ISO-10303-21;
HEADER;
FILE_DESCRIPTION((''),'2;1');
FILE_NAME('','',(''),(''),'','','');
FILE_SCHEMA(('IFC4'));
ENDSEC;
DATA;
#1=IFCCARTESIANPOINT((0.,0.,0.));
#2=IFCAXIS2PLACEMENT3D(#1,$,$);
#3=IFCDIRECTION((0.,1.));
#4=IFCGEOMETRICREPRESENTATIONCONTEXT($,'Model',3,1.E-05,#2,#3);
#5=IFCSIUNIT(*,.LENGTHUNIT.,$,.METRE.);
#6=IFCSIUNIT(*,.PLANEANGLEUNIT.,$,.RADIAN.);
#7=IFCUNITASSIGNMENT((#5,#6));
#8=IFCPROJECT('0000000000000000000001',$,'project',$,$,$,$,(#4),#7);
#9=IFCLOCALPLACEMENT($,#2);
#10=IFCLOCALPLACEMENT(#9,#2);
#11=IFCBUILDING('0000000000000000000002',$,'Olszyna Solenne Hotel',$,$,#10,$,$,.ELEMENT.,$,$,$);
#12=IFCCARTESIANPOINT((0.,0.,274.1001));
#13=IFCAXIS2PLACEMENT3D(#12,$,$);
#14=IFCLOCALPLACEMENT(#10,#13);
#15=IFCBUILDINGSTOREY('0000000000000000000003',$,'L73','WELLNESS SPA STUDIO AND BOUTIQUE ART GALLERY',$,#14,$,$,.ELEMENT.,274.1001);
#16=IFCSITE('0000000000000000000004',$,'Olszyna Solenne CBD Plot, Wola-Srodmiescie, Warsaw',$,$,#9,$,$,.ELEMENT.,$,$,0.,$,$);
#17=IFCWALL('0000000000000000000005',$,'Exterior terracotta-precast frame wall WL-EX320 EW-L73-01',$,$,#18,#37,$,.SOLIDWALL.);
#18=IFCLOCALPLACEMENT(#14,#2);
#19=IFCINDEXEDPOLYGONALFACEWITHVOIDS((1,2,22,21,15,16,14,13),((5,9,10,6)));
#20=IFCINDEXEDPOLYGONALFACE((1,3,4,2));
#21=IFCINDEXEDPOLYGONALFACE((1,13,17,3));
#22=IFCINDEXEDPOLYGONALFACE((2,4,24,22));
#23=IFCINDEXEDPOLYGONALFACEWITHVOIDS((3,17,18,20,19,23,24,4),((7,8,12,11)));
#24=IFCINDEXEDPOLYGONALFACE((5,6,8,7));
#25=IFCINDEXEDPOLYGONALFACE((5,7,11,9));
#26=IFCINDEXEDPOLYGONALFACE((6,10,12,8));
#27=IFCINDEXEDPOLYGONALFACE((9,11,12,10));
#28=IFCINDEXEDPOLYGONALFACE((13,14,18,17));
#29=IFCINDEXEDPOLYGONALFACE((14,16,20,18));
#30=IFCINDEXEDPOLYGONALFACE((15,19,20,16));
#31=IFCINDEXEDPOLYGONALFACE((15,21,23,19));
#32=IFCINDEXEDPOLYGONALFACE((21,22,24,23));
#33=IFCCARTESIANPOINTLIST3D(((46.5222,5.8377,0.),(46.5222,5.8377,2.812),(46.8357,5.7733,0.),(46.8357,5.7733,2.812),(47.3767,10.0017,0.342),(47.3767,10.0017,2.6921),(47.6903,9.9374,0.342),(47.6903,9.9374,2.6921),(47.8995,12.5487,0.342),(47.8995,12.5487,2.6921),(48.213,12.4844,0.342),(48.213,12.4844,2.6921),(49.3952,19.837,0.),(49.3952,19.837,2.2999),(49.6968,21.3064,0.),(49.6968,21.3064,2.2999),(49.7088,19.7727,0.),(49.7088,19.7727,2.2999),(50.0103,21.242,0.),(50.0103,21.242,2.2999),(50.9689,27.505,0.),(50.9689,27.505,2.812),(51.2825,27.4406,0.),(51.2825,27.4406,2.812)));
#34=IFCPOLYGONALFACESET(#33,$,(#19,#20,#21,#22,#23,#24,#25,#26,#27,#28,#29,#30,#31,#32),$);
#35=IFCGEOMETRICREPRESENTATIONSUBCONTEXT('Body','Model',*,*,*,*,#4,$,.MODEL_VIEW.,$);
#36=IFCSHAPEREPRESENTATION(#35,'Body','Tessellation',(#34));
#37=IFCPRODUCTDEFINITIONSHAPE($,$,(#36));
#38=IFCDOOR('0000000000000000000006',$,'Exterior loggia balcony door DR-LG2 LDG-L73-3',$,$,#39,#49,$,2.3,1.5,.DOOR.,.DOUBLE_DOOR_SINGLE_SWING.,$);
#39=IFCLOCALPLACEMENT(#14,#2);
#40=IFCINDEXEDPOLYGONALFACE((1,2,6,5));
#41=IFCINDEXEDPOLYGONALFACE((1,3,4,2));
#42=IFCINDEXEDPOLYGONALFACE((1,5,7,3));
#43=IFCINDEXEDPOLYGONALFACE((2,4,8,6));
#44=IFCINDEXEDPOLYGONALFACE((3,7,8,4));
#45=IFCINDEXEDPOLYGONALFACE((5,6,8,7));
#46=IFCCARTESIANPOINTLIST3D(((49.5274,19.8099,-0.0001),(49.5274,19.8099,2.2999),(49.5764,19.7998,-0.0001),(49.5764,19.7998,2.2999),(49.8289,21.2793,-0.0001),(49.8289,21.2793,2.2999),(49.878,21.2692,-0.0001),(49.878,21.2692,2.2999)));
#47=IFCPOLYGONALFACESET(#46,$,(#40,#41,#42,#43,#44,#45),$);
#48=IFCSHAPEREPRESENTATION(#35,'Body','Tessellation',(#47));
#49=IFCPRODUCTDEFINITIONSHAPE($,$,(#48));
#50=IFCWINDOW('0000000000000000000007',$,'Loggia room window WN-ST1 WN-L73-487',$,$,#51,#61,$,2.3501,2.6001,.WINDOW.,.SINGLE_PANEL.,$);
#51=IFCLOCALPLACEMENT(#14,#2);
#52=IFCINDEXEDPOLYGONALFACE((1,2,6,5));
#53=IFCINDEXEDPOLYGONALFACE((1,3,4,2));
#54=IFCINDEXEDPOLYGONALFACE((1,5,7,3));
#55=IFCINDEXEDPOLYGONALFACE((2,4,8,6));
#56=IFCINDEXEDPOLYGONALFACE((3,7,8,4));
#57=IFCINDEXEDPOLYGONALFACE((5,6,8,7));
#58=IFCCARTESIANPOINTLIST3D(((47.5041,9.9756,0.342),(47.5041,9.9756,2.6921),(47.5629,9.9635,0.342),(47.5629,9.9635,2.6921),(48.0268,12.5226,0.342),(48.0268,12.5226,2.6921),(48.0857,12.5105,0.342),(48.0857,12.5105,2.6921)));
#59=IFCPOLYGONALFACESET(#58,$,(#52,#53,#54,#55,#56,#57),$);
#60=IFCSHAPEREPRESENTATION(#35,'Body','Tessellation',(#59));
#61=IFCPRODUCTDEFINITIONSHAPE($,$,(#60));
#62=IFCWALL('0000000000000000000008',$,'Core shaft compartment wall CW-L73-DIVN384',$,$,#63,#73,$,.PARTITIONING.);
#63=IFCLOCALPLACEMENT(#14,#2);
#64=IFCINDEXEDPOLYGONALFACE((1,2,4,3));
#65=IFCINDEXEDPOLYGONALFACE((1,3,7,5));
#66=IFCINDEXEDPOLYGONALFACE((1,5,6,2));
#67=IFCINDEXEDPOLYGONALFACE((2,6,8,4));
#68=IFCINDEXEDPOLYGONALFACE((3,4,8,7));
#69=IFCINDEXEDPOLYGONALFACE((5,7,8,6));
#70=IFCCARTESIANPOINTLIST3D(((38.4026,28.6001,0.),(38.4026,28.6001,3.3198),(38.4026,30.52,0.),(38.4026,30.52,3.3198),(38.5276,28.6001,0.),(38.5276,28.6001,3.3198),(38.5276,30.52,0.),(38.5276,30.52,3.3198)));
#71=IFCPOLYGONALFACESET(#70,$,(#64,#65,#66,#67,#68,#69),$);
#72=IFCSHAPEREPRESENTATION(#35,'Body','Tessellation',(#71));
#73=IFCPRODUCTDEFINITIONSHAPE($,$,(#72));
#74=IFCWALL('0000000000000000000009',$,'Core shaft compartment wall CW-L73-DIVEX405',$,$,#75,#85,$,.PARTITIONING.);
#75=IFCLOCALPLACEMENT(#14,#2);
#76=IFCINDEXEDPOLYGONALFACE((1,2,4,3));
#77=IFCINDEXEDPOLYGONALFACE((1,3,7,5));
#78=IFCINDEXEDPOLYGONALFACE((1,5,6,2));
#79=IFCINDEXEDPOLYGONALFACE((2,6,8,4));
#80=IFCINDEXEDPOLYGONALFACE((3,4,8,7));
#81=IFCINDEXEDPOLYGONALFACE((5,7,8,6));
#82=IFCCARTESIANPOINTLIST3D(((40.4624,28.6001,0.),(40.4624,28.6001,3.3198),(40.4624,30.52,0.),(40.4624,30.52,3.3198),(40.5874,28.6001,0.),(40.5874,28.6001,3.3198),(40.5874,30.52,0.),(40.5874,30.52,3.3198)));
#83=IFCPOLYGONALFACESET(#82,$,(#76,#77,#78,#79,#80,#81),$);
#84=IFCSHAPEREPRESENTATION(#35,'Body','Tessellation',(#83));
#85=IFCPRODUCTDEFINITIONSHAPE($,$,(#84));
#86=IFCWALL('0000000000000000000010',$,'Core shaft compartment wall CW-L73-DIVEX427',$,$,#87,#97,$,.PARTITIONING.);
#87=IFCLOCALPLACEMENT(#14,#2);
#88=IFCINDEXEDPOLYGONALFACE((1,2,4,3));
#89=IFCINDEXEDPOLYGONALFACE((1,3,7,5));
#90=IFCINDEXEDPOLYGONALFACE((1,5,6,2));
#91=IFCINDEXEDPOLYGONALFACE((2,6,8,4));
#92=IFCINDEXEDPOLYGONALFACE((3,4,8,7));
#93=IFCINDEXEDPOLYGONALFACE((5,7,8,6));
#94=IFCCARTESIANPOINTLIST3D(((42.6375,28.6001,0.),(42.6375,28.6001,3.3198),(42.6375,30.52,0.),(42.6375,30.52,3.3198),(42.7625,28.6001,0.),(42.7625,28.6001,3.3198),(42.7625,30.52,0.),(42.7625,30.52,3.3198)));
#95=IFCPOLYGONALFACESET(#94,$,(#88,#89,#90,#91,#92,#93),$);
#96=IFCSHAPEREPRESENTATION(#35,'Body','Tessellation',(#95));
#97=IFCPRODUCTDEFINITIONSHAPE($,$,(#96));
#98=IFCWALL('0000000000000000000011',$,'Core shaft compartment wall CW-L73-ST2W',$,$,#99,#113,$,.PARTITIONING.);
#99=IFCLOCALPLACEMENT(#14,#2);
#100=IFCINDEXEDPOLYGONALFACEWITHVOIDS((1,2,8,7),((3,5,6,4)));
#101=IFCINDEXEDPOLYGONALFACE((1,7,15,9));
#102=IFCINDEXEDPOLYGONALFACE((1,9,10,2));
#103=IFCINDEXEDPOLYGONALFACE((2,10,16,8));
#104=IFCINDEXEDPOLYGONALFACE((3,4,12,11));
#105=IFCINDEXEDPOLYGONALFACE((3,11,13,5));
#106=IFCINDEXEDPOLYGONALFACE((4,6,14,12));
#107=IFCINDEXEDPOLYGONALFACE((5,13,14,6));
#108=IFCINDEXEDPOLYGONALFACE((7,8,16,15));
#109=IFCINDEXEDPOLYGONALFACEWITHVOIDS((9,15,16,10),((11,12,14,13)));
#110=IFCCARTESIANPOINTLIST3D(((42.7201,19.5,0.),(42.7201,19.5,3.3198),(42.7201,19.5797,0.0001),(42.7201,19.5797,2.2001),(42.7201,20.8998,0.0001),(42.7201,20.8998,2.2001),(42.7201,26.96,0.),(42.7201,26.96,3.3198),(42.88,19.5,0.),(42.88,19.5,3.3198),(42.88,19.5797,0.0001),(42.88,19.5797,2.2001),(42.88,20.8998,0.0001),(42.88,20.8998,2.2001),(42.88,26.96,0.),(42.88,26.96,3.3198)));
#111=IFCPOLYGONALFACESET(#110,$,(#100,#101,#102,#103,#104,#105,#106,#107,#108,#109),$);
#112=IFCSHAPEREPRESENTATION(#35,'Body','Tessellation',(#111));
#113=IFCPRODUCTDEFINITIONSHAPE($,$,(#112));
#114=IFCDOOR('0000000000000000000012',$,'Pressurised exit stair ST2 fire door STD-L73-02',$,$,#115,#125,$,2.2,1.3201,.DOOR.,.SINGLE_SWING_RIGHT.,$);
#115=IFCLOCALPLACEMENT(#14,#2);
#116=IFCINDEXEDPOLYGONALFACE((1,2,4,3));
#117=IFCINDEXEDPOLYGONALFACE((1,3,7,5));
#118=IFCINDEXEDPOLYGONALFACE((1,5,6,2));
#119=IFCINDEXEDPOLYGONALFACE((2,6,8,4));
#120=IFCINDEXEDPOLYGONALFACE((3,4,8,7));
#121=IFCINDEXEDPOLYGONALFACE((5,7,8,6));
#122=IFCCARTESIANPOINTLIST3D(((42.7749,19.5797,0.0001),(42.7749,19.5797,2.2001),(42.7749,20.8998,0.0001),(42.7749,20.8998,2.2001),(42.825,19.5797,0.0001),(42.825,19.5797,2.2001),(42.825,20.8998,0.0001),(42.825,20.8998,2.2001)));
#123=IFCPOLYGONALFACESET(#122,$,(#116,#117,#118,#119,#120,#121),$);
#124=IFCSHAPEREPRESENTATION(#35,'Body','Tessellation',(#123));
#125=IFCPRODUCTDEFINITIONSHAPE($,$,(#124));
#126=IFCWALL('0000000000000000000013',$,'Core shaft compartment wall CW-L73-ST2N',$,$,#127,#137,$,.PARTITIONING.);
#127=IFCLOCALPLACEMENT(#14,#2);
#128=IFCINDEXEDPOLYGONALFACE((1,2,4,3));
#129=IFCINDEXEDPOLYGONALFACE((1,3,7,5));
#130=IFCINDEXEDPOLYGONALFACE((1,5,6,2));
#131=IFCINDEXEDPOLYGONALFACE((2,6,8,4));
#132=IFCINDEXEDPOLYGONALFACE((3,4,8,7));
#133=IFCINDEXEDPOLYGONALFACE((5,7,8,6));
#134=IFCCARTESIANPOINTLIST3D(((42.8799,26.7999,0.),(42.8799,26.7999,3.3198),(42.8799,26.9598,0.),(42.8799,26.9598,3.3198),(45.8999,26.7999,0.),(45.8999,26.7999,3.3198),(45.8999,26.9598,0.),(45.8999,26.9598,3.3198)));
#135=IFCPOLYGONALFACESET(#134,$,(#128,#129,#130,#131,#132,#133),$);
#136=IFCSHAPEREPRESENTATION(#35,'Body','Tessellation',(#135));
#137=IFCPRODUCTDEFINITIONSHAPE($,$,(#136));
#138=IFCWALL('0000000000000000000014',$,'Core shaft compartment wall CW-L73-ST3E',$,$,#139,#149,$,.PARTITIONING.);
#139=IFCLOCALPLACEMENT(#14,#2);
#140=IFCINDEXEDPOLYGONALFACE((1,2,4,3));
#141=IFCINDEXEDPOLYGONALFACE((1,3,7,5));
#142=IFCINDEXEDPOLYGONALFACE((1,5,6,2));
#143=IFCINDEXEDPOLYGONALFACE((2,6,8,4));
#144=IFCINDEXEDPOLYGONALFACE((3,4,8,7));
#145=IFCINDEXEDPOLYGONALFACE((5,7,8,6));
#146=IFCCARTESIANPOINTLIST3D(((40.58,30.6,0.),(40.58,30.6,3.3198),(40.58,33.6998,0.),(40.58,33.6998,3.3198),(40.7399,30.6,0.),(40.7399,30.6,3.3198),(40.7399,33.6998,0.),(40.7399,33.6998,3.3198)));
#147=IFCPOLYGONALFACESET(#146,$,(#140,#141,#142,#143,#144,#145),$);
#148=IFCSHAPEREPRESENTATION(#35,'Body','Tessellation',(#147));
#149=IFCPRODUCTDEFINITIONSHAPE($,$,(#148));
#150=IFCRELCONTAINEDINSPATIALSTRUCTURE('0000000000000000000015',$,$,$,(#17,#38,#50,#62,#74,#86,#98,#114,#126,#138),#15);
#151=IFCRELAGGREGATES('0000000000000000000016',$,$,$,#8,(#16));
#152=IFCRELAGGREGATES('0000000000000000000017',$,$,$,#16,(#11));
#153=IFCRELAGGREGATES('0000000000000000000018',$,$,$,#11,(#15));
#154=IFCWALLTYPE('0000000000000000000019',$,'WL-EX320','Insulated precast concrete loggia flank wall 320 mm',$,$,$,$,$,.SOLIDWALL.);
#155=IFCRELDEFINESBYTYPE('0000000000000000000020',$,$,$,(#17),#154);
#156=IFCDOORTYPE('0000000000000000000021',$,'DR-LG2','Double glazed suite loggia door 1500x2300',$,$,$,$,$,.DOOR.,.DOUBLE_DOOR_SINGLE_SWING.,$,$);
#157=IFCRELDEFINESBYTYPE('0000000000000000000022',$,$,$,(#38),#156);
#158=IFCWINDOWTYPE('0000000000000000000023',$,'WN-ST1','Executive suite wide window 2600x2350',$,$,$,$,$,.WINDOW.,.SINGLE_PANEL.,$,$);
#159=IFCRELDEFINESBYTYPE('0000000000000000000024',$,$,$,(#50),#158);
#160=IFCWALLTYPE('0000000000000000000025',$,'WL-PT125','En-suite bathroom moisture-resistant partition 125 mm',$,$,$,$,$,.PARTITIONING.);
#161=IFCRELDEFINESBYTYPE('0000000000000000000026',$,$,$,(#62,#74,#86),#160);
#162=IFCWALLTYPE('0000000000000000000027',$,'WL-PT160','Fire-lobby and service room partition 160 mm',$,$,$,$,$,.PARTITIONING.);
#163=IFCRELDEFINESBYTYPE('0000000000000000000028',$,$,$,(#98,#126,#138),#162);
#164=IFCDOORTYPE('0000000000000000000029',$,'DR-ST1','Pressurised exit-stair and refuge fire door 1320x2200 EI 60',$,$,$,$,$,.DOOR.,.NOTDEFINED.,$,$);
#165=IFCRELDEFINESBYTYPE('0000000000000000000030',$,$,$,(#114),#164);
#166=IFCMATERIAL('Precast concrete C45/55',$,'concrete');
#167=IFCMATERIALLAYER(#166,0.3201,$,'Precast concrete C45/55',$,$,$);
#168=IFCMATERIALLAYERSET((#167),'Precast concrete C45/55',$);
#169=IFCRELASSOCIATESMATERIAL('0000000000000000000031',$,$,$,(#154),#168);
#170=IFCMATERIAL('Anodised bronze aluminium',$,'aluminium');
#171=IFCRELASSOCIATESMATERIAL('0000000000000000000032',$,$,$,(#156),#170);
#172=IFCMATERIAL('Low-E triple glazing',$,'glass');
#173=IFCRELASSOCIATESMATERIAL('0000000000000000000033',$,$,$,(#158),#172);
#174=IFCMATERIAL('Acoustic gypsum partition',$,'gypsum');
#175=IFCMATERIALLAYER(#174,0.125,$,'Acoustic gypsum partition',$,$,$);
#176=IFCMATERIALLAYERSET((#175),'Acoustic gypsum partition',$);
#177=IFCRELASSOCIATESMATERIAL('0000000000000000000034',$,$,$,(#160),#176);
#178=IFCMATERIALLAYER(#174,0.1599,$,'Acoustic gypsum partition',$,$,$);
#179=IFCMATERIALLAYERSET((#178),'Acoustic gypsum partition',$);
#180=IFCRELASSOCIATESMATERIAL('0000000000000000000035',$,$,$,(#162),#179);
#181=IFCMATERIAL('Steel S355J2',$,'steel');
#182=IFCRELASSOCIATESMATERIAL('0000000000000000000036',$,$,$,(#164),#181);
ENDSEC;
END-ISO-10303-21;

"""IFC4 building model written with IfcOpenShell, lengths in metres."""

from ifc_helpers import new_model, si_unit, direction, frame, frame_2d, origin, place, context, subcontext, project, spatial, rectangle, extrude, source, transform, mapped, material, layer, layer_set, type_object, type_shapes, element, fill, save


model = new_model("IFC4")

# Units and contexts
model_context = context("Model", 3, precision=1e-05, world=origin(), true_north=direction((0.0, 1.0)))
body_context = subcontext(model_context, "Body", "Model", "MODEL_VIEW")
ifc_project = project(units=[si_unit("LENGTHUNIT", "METRE"), si_unit("PLANEANGLEUNIT", "RADIAN")], contexts=[model_context])

# Site, building, storey
site_placement = place(None, origin())
site = spatial("IfcSite", under=ifc_project, at=site_placement, Name="Olszyna Solenne CBD Plot, Wola-Srodmiescie, Warsaw", CompositionType="ELEMENT", RefElevation=0.0)
building_placement = place(site_placement, origin())
building = spatial("IfcBuilding", under=site, at=building_placement, Name="Olszyna Solenne Hotel", CompositionType="ELEMENT")
storey_placement = place(building_placement, frame((0.0, 0.0, 274.1001)))
storey = spatial("IfcBuildingStorey", under=building, at=storey_placement, Name="L73", Description="WELLNESS SPA STUDIO AND BOUTIQUE ART GALLERY", CompositionType="ELEMENT", Elevation=274.1001)

# Shared definitions
ifc_material_1 = material(Name="Steel S355J2", Category="steel")

# Wall, openings, door, window
ifc_material_2 = material(Name="Precast concrete C45/55", Category="concrete")
ifc_layer_1 = layer(ifc_material_2, 0.3201, Name="Precast concrete C45/55")
ifc_layer_set_1 = layer_set([ifc_layer_1], Name="Precast concrete C45/55")
wall_type_1 = type_object("IfcWallType", Name="WL-EX320", Description="Insulated precast concrete loggia flank wall 320 mm", PredefinedType="SOLIDWALL", material=ifc_layer_set_1)
wall_1_placement = place(storey_placement, frame((51.1257, 27.4729, 0.0), z_axis=(0.0, 0.0, 1.0), x_axis=(-0.20104, -0.979583, 0.0)))
wall_1 = element("IfcWall", 1, at=wall_1_placement, inside=storey, type_object=wall_type_1, Name="Exterior terracotta-precast frame wall WL-EX320 EW-L73-01", PredefinedType="SOLIDWALL", context=body_context, shape_type="SweptSolid", body=[
    extrude(rectangle(XDim=22.1189, YDim=0.3201, at=frame_2d((11.0596, 0.0))), origin(), (0.0, 0.0, 1.0), 2.812),
])
opening_1_placement = place(wall_1_placement, frame((6.3279, 0.0, 0.0)))
opening_1 = element("IfcOpeningElement", 2, at=opening_1_placement, cuts=wall_1, PredefinedType="OPENING", context=body_context, shape_type="SweptSolid", body=[
    extrude(rectangle(XDim=1.5, YDim=2.3, at=frame_2d((0.75, 1.1499))), frame((0.0, 0.1699, 0.0), z_axis=(0.0, -1.0, 0.0), x_axis=(1.0, 0.0, 0.0)), (0.0, 0.0, 1.0), 0.3401),
])
opening_2_placement = place(wall_1_placement, frame((15.2681, 0.0, 0.342)))
opening_2 = element("IfcOpeningElement", 3, at=opening_2_placement, cuts=wall_1, PredefinedType="OPENING", context=body_context, shape_type="SweptSolid", body=[
    extrude(rectangle(XDim=2.6001, YDim=2.3501, at=frame_2d((1.3, 1.175))), frame((0.0, 0.1699, 0.0), z_axis=(0.0, -1.0, 0.0), x_axis=(1.0, 0.0, 0.0)), (0.0, 0.0, 1.0), 0.3401),
])
ifc_material_3 = material(Name="Anodised bronze aluminium", Category="aluminium")
door_type_1 = type_object("IfcDoorType", Name="DR-LG2", Description="Double glazed suite loggia door 1500x2300", OperationType="DOUBLE_DOOR_SINGLE_SWING", PredefinedType="DOOR", material=ifc_material_3)
shared_shape_1 = source(origin(), body_context, "Body", "SweptSolid", [
    extrude(rectangle(XDim=1.5, YDim=2.3, at=frame_2d((0.75, 1.1499))), frame((0.0, 0.0249, 0.0), z_axis=(0.0, -1.0, 0.0), x_axis=(1.0, 0.0, 0.0)), (0.0, 0.0, 1.0), 0.05),
])
type_shapes(door_type_1, [shared_shape_1])
door_1_placement = place(opening_1_placement, origin())
door_1 = element("IfcDoor", 4, at=door_1_placement, inside=storey, type_object=door_type_1, Name="Exterior loggia balcony door DR-LG2 LDG-L73-3", OperationType="DOUBLE_DOOR_SINGLE_SWING", OverallHeight=2.3, OverallWidth=1.5, PredefinedType="DOOR", context=body_context, shape_type="MappedRepresentation", body=[
    mapped(shared_shape_1, transform((0.0, 0.0, 0.0), x_axis=(1.0, 0.0, 0.0), y_axis=(0.0, 1.0, 0.0), z_axis=(0.0, 0.0, 1.0), scale=1.0)),
])
fill(opening_1, door_1)
ifc_material_4 = material(Name="Low-E triple glazing", Category="glass")
window_type = type_object("IfcWindowType", Name="WN-ST1", Description="Executive suite wide window 2600x2350", PartitioningType="SINGLE_PANEL", PredefinedType="WINDOW", material=ifc_material_4)
shared_shape_2 = source(origin(), body_context, "Body", "SweptSolid", [
    extrude(rectangle(XDim=2.6001, YDim=2.3501, at=frame_2d((1.3, 1.175))), frame((0.0, 0.03, 0.0), z_axis=(0.0, -1.0, 0.0), x_axis=(1.0, 0.0, 0.0)), (0.0, 0.0, 1.0), 0.0601),
])
type_shapes(window_type, [shared_shape_2])
window_placement = place(opening_2_placement, origin())
window = element("IfcWindow", 5, at=window_placement, inside=storey, type_object=window_type, Name="Loggia room window WN-ST1 WN-L73-487", OverallHeight=2.3501, OverallWidth=2.6001, PartitioningType="SINGLE_PANEL", PredefinedType="WINDOW", context=body_context, shape_type="MappedRepresentation", body=[
    mapped(shared_shape_2, transform((0.0, 0.0, 0.0), x_axis=(1.0, 0.0, 0.0), y_axis=(0.0, 1.0, 0.0), z_axis=(0.0, 0.0, 1.0), scale=1.0)),
])
fill(opening_2, window)

# Walls
ifc_material_5 = material(Name="Acoustic gypsum partition", Category="gypsum")
ifc_layer_2 = layer(ifc_material_5, 0.125, Name="Acoustic gypsum partition")
ifc_layer_set_2 = layer_set([ifc_layer_2], Name="Acoustic gypsum partition")
wall_type_2 = type_object("IfcWallType", Name="WL-PT125", Description="En-suite bathroom moisture-resistant partition 125 mm", PredefinedType="PARTITIONING", material=ifc_layer_set_2)
for number, where, z_axis, x_axis, name in (
    (6, (38.4651, 28.6001, 0.0), (0.0, 0.0, 1.0), (0.0, 1.0, 0.0), "Core shaft compartment wall CW-L73-DIVN384"),
    (7, (40.5249, 28.6001, 0.0), (0.0, 0.0, 1.0), (0.0, 1.0, 0.0), "Core shaft compartment wall CW-L73-DIVEX405"),
    (8, (42.7, 28.6001, 0.0), (0.0, 0.0, 1.0), (0.0, 1.0, 0.0), "Core shaft compartment wall CW-L73-DIVEX427"),
):
    element("IfcWall", number, at=place(storey_placement, frame(where, z_axis=z_axis, x_axis=x_axis)), inside=storey, type_object=wall_type_2, Name=name, PredefinedType="PARTITIONING", context=body_context, shape_type="SweptSolid", body=[
        extrude(rectangle(XDim=1.9199, YDim=0.125, at=frame_2d((0.96, 0.0))), origin(), (0.0, 0.0, 1.0), 3.3198),
    ])

# Wall, opening, door
ifc_layer_3 = layer(ifc_material_5, 0.1599, Name="Acoustic gypsum partition")
ifc_layer_set_3 = layer_set([ifc_layer_3], Name="Acoustic gypsum partition")
wall_type_3 = type_object("IfcWallType", Name="WL-PT160", Description="Fire-lobby and service room partition 160 mm", PredefinedType="PARTITIONING", material=ifc_layer_set_3)
wall_2_placement = place(storey_placement, frame((42.8, 26.96, 0.0), z_axis=(0.0, 0.0, 1.0), x_axis=(0.0, -1.0, 0.0)))
wall_2 = element("IfcWall", 9, at=wall_2_placement, inside=storey, type_object=wall_type_3, Name="Core shaft compartment wall CW-L73-ST2W", PredefinedType="PARTITIONING", context=body_context, shape_type="SweptSolid", body=[
    extrude(rectangle(XDim=7.46, YDim=0.1599, at=frame_2d((3.73, 0.0))), origin(), (0.0, 0.0, 1.0), 3.3198),
])
opening_3_placement = place(wall_2_placement, frame((6.0601, 0.0, 0.0)))
opening_3 = element("IfcOpeningElement", 10, at=opening_3_placement, cuts=wall_2, PredefinedType="OPENING", context=body_context, shape_type="SweptSolid", body=[
    extrude(rectangle(XDim=1.3201, YDim=2.2, at=frame_2d((0.6602, 1.1001))), frame((0.0, 0.0898, 0.0), z_axis=(0.0, -1.0, 0.0), x_axis=(1.0, 0.0, 0.0)), (0.0, 0.0, 1.0), 0.1799),
])
door_type_2 = type_object("IfcDoorType", Name="DR-ST1", Description="Pressurised exit-stair and refuge fire door 1320x2200 EI 60", OperationType="NOTDEFINED", PredefinedType="DOOR", material=ifc_material_1)
shared_shape_3 = source(origin(), body_context, "Body", "SweptSolid", [
    extrude(rectangle(XDim=1.3201, YDim=2.2, at=frame_2d((0.6602, 1.1001))), frame((0.0, 0.0249, 0.0), z_axis=(0.0, -1.0, 0.0), x_axis=(1.0, 0.0, 0.0)), (0.0, 0.0, 1.0), 0.05),
])
type_shapes(door_type_2, [shared_shape_3])
door_2_placement = place(opening_3_placement, origin())
door_2 = element("IfcDoor", 11, at=door_2_placement, inside=storey, type_object=door_type_2, Name="Pressurised exit stair ST2 fire door STD-L73-02", OperationType="SINGLE_SWING_RIGHT", OverallHeight=2.2, OverallWidth=1.3201, PredefinedType="DOOR", context=body_context, shape_type="MappedRepresentation", body=[
    mapped(shared_shape_3, transform((0.0, 0.0, 0.0), x_axis=(1.0, 0.0, 0.0), y_axis=(0.0, 1.0, 0.0), z_axis=(0.0, 0.0, 1.0), scale=1.0)),
])
fill(opening_3, door_2)

# Walls
wall_3_placement = place(storey_placement, frame((42.8799, 26.8799, 0.0), z_axis=(0.0, 0.0, 1.0), x_axis=(1.0, 0.0, 0.0)))
element("IfcWall", 12, at=wall_3_placement, inside=storey, type_object=wall_type_3, Name="Core shaft compartment wall CW-L73-ST2N", PredefinedType="PARTITIONING", context=body_context, shape_type="SweptSolid", body=[
    extrude(rectangle(XDim=3.02, YDim=0.1599, at=frame_2d((1.51, 0.0))), origin(), (0.0, 0.0, 1.0), 3.3198),
])
wall_4_placement = place(storey_placement, frame((40.6599, 30.6001, 0.0), z_axis=(0.0, 0.0, 1.0), x_axis=(0.0, 1.0, 0.0)))
element("IfcWall", 13, at=wall_4_placement, inside=storey, type_object=wall_type_3, Name="Core shaft compartment wall CW-L73-ST3E", PredefinedType="PARTITIONING", context=body_context, shape_type="SweptSolid", body=[
    extrude(rectangle(XDim=3.0999, YDim=0.1599, at=frame_2d((1.5498, 0.0))), origin(), (0.0, 0.0, 1.0), 3.3198),
])

save(model, "model.ifc")
